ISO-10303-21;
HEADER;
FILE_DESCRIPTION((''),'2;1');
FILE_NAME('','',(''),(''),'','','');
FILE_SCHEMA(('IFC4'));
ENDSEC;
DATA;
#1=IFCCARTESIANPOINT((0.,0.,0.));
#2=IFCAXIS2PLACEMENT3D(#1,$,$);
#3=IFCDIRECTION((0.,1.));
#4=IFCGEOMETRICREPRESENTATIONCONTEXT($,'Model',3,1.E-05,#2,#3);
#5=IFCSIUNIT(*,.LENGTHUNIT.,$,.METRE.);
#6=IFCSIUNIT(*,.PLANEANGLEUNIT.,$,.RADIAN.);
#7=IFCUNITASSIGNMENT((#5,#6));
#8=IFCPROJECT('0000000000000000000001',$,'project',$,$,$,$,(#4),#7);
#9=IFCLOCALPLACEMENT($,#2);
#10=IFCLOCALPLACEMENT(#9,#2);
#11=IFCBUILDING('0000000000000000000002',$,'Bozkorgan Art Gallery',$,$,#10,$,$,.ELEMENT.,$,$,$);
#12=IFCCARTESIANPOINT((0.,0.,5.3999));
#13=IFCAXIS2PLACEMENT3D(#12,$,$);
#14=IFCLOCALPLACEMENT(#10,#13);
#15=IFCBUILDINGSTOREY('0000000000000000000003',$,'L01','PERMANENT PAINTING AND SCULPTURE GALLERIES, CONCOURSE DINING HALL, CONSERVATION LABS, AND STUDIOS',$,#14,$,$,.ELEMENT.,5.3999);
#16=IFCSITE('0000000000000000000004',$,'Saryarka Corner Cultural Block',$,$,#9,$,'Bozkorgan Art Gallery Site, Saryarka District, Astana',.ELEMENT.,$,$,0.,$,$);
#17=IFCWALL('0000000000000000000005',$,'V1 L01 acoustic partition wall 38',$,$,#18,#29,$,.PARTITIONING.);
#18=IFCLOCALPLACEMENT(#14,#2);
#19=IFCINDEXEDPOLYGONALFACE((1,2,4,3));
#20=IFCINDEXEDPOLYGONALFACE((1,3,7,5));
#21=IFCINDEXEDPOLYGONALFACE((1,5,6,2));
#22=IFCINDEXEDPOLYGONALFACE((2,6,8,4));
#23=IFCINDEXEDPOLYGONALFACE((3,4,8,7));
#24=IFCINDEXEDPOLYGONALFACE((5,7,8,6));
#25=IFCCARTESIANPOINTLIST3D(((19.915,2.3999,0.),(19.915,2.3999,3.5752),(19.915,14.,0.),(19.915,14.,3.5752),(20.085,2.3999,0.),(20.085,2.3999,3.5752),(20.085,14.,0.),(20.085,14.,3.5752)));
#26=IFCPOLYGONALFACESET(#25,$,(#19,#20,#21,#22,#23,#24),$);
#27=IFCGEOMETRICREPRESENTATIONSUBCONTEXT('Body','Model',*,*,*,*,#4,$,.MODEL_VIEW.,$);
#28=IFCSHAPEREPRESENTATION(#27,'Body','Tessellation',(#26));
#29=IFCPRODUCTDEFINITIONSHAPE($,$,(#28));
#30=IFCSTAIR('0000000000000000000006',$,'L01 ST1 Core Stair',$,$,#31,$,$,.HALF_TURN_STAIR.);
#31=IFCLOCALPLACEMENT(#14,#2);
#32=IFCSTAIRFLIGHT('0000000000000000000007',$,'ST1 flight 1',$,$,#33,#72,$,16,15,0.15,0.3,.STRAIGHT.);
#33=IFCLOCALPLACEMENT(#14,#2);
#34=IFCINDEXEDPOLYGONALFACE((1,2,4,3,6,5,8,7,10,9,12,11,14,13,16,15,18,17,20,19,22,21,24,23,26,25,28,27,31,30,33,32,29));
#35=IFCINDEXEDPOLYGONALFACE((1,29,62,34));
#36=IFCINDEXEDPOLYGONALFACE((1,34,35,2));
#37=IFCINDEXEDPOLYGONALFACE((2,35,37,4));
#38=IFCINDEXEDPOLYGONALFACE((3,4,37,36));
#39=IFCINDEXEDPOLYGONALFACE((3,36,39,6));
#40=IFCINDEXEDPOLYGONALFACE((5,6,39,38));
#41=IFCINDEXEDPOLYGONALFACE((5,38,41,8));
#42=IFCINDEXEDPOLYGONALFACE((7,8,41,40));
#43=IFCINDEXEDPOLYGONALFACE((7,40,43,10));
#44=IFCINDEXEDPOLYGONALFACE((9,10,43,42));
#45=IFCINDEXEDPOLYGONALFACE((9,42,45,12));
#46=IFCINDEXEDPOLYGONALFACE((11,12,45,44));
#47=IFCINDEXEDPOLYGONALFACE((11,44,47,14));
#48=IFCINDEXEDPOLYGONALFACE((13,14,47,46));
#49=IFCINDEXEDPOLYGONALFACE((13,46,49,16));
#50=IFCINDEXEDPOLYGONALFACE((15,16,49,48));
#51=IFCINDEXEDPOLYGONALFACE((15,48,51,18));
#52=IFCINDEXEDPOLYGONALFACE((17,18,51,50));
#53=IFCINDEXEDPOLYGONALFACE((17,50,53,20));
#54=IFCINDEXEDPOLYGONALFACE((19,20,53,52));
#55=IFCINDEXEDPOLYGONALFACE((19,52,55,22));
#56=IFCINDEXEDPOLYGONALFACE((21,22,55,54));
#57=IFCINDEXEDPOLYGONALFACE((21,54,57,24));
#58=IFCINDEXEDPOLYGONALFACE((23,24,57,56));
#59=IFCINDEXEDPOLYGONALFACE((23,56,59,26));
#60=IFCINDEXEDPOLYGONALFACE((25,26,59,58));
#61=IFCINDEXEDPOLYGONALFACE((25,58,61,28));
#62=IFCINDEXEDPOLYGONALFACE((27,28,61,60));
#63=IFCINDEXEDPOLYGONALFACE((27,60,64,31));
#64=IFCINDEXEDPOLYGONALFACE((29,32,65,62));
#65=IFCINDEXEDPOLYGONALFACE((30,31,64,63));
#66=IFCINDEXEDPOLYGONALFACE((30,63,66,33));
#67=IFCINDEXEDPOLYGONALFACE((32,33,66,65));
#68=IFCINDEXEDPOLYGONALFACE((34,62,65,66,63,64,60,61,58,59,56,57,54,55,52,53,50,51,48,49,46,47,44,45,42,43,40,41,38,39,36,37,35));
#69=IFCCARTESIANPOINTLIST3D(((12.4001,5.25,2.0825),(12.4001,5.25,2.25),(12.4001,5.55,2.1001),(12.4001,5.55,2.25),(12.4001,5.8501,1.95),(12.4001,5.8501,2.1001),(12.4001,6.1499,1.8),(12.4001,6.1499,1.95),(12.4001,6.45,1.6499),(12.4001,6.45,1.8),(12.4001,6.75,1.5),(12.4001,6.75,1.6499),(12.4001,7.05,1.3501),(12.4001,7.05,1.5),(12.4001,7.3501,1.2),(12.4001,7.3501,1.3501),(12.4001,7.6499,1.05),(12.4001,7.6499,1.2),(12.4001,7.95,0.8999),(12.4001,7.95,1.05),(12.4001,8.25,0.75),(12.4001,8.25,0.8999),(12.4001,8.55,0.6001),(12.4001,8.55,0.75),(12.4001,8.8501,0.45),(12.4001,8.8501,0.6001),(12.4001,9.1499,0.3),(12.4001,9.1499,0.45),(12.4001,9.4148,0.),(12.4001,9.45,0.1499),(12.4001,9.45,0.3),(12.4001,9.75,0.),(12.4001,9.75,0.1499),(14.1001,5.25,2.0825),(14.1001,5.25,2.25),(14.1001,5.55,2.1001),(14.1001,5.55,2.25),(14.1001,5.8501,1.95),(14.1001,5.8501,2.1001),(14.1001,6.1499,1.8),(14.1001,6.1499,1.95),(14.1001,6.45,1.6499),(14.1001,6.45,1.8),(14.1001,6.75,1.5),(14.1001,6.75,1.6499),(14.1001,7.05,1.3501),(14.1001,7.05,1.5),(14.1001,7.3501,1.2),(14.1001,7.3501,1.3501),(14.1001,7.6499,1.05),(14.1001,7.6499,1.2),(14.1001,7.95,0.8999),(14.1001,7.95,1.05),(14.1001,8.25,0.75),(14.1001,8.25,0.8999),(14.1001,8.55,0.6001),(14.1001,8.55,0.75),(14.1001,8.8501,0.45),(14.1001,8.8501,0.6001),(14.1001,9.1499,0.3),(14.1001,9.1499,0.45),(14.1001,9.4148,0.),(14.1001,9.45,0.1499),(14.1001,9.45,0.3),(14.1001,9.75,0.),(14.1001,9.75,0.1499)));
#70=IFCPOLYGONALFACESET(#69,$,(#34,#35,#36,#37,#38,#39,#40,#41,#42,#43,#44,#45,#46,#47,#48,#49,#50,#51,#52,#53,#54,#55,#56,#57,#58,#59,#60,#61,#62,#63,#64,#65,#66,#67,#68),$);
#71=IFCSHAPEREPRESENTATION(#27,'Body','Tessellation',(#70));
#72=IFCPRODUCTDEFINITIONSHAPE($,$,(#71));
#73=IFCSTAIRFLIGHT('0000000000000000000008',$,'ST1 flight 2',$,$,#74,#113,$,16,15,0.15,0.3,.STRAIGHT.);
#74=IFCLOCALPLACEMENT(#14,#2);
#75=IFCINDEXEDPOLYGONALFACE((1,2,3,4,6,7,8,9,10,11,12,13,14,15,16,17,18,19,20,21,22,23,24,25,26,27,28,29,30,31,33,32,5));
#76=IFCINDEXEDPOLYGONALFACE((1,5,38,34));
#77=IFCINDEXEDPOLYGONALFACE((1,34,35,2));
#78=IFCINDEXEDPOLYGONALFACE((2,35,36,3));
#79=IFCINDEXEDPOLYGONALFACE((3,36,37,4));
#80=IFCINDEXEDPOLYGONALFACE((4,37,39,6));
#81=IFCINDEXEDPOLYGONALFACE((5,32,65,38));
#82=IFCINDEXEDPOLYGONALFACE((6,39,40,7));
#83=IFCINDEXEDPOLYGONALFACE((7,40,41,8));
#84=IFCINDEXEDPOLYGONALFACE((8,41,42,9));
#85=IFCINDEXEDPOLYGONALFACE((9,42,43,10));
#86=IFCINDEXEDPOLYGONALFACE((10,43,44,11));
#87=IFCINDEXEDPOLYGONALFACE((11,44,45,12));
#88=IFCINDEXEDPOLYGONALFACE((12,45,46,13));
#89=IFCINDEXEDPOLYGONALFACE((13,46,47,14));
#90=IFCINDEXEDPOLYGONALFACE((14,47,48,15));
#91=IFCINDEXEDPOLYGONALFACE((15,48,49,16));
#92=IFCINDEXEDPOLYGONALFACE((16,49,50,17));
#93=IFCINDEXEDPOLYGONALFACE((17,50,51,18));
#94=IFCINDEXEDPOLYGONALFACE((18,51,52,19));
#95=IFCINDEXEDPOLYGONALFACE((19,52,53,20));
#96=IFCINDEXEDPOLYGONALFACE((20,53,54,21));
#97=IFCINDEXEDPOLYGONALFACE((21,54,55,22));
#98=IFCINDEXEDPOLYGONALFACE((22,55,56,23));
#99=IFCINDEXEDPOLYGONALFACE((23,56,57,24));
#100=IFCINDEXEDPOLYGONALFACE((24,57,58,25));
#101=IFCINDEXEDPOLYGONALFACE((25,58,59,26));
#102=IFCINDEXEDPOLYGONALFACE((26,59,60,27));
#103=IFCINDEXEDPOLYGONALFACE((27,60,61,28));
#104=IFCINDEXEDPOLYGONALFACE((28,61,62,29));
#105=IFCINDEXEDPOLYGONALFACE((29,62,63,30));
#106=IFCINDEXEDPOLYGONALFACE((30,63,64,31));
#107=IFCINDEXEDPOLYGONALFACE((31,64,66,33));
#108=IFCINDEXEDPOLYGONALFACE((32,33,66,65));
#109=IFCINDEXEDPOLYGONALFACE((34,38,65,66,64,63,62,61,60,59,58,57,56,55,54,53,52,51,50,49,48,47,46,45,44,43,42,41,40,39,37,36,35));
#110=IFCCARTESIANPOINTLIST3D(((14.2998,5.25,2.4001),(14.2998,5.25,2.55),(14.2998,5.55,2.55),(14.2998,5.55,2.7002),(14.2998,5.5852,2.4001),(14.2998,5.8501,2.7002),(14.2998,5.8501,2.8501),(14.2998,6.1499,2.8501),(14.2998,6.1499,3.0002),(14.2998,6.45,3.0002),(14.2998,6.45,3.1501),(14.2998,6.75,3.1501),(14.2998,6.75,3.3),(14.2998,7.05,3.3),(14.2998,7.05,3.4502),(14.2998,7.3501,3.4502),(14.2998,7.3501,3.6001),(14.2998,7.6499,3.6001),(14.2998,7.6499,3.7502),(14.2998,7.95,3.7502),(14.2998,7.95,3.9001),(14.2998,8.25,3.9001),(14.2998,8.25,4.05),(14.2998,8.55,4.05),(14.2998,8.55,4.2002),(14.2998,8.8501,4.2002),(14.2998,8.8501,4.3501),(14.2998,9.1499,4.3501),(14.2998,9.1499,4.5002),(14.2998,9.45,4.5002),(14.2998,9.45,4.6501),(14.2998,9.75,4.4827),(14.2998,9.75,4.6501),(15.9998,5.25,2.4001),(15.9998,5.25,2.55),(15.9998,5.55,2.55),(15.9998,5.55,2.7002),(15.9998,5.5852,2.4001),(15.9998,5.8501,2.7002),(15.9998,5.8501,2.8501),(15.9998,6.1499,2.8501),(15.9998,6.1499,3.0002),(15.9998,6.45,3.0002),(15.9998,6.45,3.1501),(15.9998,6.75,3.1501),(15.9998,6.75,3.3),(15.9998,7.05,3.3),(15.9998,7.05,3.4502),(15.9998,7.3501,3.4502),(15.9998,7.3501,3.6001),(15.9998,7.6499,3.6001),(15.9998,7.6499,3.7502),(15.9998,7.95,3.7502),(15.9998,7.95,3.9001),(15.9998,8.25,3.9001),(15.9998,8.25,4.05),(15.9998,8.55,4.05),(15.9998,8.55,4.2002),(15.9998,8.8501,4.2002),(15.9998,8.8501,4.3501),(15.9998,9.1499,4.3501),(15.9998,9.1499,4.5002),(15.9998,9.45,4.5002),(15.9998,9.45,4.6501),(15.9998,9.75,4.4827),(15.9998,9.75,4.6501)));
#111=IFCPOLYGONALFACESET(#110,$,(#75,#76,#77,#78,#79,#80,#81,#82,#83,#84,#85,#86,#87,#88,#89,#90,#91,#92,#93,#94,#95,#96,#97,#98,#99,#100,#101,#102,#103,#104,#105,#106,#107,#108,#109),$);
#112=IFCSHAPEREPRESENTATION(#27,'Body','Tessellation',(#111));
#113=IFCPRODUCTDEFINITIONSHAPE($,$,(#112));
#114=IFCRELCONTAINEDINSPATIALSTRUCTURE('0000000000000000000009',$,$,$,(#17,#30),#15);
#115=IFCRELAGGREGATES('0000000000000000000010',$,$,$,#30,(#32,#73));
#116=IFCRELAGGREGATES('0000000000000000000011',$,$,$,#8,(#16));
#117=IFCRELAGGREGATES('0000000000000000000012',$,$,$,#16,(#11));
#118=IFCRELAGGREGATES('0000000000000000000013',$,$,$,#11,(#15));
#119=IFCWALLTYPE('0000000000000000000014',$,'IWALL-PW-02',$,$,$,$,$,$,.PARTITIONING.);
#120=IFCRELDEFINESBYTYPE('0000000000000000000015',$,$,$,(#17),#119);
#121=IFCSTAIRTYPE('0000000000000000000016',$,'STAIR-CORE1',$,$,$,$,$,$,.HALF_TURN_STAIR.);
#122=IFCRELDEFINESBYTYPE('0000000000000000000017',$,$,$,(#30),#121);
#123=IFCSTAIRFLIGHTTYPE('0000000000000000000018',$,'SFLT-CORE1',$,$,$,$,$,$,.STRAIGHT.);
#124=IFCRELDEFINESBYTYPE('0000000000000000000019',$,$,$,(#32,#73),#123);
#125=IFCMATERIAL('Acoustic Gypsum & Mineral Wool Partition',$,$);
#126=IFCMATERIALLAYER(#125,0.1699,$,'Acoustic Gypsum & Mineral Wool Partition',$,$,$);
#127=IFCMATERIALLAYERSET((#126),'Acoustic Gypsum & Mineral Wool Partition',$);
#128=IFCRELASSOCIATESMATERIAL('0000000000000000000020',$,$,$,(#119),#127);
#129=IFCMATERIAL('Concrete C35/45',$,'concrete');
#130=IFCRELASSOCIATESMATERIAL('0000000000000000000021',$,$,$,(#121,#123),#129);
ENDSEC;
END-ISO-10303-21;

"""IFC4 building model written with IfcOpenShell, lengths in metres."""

from ifc_helpers import new_model, si_unit, direction, frame, frame_2d, origin, place, context, subcontext, project, spatial, polyline, rectangle, outline, extrude, material, layer, layer_set, type_object, element, aggregate, save


model = new_model("IFC4")

# Units and contexts
model_context = context("Model", 3, precision=1e-05, world=origin(), true_north=direction((0.0, 1.0)))
body_context = subcontext(model_context, "Body", "Model", "MODEL_VIEW")
ifc_project = project(units=[si_unit("LENGTHUNIT", "METRE"), si_unit("PLANEANGLEUNIT", "RADIAN")], contexts=[model_context])

# Site, building, storey
site_placement = place(None, origin())
site = spatial("IfcSite", under=ifc_project, at=site_placement, Name="Saryarka Corner Cultural Block", LongName="Bozkorgan Art Gallery Site, Saryarka District, Astana", CompositionType="ELEMENT", RefElevation=0.0)
building_placement = place(site_placement, origin())
building = spatial("IfcBuilding", under=site, at=building_placement, Name="Bozkorgan Art Gallery", CompositionType="ELEMENT")
storey_placement = place(building_placement, frame((0.0, 0.0, 5.3999)))
storey = spatial("IfcBuildingStorey", under=building, at=storey_placement, Name="L01", Description="PERMANENT PAINTING AND SCULPTURE GALLERIES, CONCOURSE DINING HALL, CONSERVATION LABS, AND STUDIOS", CompositionType="ELEMENT", Elevation=5.3999)

# Shared definitions
ifc_material_1 = material(Name="Concrete C35/45", Category="concrete")

# Wall
ifc_material_2 = material(Name="Acoustic Gypsum & Mineral Wool Partition")
ifc_layer_1 = layer(ifc_material_2, 0.1699, Name="Acoustic Gypsum & Mineral Wool Partition")
ifc_layer_set_1 = layer_set([ifc_layer_1], Name="Acoustic Gypsum & Mineral Wool Partition")
wall_type_1 = type_object("IfcWallType", Name="IWALL-PW-02", PredefinedType="PARTITIONING", material=ifc_layer_set_1)
wall_1_placement = place(storey_placement, frame((20.0, 2.3999, 0.0), z_axis=(0.0, 0.0, 1.0), x_axis=(0.0, 1.0, 0.0)))
element("IfcWall", 1, at=wall_1_placement, inside=storey, type_object=wall_type_1, Name="V1 L01 acoustic partition wall 38", PredefinedType="PARTITIONING", context=body_context, shape_type="SweptSolid", body=[
    extrude(rectangle(XDim=11.6001, YDim=0.1699, at=frame_2d((5.8, 0.0))), origin(), (0.0, 0.0, 1.0), 3.5752),
])

# Stair, stair flights
stair_type = type_object("IfcStairType", Name="STAIR-CORE1", PredefinedType="HALF_TURN_STAIR", material=ifc_material_1)
stair_placement = place(storey_placement, origin())
stair = element("IfcStair", 2, at=stair_placement, inside=storey, type_object=stair_type, Name="L01 ST1 Core Stair", PredefinedType="HALF_TURN_STAIR")
stair_flight_type = type_object("IfcStairFlightType", Name="SFLT-CORE1", PredefinedType="STRAIGHT", material=ifc_material_1)
stair_flight_1_placement = place(storey_placement, frame((13.25, 9.75, 0.0), z_axis=(0.0, 0.0, 1.0), x_axis=(0.0, -1.0, 0.0)))
stair_flight_1 = element("IfcStairFlight", 3, at=stair_flight_1_placement, type_object=stair_flight_type, Name="ST1 flight 1", NumberOfRisers=16, NumberOfTreads=15, PredefinedType="STRAIGHT", RiserHeight=0.15, TreadLength=0.3, context=body_context, shape_type="SweptSolid", body=[
    extrude(outline(polyline([(0.0, 0.0), (0.0, 0.1499), (0.3, 0.1499), (0.3, 0.3), (0.6001, 0.3), (0.6001, 0.45), (0.8999, 0.45), (0.8999, 0.6001), (1.2, 0.6001), (1.2, 0.75), (1.5, 0.75), (1.5, 0.8999), (1.8, 0.8999), (1.8, 1.05), (2.1001, 1.05), (2.1001, 1.2), (2.3999, 1.2), (2.3999, 1.3501), (2.7, 1.3501), (2.7, 1.5), (3.0, 1.5), (3.0, 1.6499), (3.3, 1.6499), (3.3, 1.8), (3.6001, 1.8), (3.6001, 1.95), (3.8999, 1.95), (3.8999, 2.1001), (4.2, 2.1001), (4.2, 2.25), (4.5, 2.25), (4.5, 2.3999), (4.5, 2.0825), (0.3352, 0.0), (0.0, 0.0)])), frame((0.0, 0.8501, 0.0), z_axis=(0.0, -1.0, 0.0), x_axis=(1.0, 0.0, 0.0)), (0.0, 0.0, 1.0), 1.7),
])
stair_flight_2_placement = place(storey_placement, frame((15.1499, 5.25, 2.4001), z_axis=(0.0, 0.0, 1.0), x_axis=(0.0, 1.0, 0.0)))
stair_flight_2 = element("IfcStairFlight", 4, at=stair_flight_2_placement, type_object=stair_flight_type, Name="ST1 flight 2", NumberOfRisers=16, NumberOfTreads=15, PredefinedType="STRAIGHT", RiserHeight=0.15, TreadLength=0.3, context=body_context, shape_type="SweptSolid", body=[
    extrude(outline(polyline([(0.0, 0.0), (0.0, 0.1499), (0.3, 0.1499), (0.3, 0.3), (0.6001, 0.3), (0.6001, 0.45), (0.8999, 0.45), (0.8999, 0.6001), (1.2, 0.6001), (1.2, 0.75), (1.5, 0.75), (1.5, 0.8999), (1.8, 0.8999), (1.8, 1.05), (2.1001, 1.05), (2.1001, 1.2), (2.3999, 1.2), (2.3999, 1.3501), (2.7, 1.3501), (2.7, 1.5), (3.0, 1.5), (3.0, 1.6499), (3.3, 1.6499), (3.3, 1.8), (3.6001, 1.8), (3.6001, 1.95), (3.8999, 1.95), (3.8999, 2.1001), (4.2, 2.1001), (4.2, 2.25), (4.5, 2.25), (4.5, 2.3999), (4.5, 2.0825), (0.3352, 0.0), (0.0, 0.0)])), frame((0.0, 0.8501, 0.0), z_axis=(0.0, -1.0, 0.0), x_axis=(1.0, 0.0, 0.0)), (0.0, 0.0, 1.0), 1.7),
])
aggregate(stair, [stair_flight_1, stair_flight_2])

save(model, "model.ifc")
